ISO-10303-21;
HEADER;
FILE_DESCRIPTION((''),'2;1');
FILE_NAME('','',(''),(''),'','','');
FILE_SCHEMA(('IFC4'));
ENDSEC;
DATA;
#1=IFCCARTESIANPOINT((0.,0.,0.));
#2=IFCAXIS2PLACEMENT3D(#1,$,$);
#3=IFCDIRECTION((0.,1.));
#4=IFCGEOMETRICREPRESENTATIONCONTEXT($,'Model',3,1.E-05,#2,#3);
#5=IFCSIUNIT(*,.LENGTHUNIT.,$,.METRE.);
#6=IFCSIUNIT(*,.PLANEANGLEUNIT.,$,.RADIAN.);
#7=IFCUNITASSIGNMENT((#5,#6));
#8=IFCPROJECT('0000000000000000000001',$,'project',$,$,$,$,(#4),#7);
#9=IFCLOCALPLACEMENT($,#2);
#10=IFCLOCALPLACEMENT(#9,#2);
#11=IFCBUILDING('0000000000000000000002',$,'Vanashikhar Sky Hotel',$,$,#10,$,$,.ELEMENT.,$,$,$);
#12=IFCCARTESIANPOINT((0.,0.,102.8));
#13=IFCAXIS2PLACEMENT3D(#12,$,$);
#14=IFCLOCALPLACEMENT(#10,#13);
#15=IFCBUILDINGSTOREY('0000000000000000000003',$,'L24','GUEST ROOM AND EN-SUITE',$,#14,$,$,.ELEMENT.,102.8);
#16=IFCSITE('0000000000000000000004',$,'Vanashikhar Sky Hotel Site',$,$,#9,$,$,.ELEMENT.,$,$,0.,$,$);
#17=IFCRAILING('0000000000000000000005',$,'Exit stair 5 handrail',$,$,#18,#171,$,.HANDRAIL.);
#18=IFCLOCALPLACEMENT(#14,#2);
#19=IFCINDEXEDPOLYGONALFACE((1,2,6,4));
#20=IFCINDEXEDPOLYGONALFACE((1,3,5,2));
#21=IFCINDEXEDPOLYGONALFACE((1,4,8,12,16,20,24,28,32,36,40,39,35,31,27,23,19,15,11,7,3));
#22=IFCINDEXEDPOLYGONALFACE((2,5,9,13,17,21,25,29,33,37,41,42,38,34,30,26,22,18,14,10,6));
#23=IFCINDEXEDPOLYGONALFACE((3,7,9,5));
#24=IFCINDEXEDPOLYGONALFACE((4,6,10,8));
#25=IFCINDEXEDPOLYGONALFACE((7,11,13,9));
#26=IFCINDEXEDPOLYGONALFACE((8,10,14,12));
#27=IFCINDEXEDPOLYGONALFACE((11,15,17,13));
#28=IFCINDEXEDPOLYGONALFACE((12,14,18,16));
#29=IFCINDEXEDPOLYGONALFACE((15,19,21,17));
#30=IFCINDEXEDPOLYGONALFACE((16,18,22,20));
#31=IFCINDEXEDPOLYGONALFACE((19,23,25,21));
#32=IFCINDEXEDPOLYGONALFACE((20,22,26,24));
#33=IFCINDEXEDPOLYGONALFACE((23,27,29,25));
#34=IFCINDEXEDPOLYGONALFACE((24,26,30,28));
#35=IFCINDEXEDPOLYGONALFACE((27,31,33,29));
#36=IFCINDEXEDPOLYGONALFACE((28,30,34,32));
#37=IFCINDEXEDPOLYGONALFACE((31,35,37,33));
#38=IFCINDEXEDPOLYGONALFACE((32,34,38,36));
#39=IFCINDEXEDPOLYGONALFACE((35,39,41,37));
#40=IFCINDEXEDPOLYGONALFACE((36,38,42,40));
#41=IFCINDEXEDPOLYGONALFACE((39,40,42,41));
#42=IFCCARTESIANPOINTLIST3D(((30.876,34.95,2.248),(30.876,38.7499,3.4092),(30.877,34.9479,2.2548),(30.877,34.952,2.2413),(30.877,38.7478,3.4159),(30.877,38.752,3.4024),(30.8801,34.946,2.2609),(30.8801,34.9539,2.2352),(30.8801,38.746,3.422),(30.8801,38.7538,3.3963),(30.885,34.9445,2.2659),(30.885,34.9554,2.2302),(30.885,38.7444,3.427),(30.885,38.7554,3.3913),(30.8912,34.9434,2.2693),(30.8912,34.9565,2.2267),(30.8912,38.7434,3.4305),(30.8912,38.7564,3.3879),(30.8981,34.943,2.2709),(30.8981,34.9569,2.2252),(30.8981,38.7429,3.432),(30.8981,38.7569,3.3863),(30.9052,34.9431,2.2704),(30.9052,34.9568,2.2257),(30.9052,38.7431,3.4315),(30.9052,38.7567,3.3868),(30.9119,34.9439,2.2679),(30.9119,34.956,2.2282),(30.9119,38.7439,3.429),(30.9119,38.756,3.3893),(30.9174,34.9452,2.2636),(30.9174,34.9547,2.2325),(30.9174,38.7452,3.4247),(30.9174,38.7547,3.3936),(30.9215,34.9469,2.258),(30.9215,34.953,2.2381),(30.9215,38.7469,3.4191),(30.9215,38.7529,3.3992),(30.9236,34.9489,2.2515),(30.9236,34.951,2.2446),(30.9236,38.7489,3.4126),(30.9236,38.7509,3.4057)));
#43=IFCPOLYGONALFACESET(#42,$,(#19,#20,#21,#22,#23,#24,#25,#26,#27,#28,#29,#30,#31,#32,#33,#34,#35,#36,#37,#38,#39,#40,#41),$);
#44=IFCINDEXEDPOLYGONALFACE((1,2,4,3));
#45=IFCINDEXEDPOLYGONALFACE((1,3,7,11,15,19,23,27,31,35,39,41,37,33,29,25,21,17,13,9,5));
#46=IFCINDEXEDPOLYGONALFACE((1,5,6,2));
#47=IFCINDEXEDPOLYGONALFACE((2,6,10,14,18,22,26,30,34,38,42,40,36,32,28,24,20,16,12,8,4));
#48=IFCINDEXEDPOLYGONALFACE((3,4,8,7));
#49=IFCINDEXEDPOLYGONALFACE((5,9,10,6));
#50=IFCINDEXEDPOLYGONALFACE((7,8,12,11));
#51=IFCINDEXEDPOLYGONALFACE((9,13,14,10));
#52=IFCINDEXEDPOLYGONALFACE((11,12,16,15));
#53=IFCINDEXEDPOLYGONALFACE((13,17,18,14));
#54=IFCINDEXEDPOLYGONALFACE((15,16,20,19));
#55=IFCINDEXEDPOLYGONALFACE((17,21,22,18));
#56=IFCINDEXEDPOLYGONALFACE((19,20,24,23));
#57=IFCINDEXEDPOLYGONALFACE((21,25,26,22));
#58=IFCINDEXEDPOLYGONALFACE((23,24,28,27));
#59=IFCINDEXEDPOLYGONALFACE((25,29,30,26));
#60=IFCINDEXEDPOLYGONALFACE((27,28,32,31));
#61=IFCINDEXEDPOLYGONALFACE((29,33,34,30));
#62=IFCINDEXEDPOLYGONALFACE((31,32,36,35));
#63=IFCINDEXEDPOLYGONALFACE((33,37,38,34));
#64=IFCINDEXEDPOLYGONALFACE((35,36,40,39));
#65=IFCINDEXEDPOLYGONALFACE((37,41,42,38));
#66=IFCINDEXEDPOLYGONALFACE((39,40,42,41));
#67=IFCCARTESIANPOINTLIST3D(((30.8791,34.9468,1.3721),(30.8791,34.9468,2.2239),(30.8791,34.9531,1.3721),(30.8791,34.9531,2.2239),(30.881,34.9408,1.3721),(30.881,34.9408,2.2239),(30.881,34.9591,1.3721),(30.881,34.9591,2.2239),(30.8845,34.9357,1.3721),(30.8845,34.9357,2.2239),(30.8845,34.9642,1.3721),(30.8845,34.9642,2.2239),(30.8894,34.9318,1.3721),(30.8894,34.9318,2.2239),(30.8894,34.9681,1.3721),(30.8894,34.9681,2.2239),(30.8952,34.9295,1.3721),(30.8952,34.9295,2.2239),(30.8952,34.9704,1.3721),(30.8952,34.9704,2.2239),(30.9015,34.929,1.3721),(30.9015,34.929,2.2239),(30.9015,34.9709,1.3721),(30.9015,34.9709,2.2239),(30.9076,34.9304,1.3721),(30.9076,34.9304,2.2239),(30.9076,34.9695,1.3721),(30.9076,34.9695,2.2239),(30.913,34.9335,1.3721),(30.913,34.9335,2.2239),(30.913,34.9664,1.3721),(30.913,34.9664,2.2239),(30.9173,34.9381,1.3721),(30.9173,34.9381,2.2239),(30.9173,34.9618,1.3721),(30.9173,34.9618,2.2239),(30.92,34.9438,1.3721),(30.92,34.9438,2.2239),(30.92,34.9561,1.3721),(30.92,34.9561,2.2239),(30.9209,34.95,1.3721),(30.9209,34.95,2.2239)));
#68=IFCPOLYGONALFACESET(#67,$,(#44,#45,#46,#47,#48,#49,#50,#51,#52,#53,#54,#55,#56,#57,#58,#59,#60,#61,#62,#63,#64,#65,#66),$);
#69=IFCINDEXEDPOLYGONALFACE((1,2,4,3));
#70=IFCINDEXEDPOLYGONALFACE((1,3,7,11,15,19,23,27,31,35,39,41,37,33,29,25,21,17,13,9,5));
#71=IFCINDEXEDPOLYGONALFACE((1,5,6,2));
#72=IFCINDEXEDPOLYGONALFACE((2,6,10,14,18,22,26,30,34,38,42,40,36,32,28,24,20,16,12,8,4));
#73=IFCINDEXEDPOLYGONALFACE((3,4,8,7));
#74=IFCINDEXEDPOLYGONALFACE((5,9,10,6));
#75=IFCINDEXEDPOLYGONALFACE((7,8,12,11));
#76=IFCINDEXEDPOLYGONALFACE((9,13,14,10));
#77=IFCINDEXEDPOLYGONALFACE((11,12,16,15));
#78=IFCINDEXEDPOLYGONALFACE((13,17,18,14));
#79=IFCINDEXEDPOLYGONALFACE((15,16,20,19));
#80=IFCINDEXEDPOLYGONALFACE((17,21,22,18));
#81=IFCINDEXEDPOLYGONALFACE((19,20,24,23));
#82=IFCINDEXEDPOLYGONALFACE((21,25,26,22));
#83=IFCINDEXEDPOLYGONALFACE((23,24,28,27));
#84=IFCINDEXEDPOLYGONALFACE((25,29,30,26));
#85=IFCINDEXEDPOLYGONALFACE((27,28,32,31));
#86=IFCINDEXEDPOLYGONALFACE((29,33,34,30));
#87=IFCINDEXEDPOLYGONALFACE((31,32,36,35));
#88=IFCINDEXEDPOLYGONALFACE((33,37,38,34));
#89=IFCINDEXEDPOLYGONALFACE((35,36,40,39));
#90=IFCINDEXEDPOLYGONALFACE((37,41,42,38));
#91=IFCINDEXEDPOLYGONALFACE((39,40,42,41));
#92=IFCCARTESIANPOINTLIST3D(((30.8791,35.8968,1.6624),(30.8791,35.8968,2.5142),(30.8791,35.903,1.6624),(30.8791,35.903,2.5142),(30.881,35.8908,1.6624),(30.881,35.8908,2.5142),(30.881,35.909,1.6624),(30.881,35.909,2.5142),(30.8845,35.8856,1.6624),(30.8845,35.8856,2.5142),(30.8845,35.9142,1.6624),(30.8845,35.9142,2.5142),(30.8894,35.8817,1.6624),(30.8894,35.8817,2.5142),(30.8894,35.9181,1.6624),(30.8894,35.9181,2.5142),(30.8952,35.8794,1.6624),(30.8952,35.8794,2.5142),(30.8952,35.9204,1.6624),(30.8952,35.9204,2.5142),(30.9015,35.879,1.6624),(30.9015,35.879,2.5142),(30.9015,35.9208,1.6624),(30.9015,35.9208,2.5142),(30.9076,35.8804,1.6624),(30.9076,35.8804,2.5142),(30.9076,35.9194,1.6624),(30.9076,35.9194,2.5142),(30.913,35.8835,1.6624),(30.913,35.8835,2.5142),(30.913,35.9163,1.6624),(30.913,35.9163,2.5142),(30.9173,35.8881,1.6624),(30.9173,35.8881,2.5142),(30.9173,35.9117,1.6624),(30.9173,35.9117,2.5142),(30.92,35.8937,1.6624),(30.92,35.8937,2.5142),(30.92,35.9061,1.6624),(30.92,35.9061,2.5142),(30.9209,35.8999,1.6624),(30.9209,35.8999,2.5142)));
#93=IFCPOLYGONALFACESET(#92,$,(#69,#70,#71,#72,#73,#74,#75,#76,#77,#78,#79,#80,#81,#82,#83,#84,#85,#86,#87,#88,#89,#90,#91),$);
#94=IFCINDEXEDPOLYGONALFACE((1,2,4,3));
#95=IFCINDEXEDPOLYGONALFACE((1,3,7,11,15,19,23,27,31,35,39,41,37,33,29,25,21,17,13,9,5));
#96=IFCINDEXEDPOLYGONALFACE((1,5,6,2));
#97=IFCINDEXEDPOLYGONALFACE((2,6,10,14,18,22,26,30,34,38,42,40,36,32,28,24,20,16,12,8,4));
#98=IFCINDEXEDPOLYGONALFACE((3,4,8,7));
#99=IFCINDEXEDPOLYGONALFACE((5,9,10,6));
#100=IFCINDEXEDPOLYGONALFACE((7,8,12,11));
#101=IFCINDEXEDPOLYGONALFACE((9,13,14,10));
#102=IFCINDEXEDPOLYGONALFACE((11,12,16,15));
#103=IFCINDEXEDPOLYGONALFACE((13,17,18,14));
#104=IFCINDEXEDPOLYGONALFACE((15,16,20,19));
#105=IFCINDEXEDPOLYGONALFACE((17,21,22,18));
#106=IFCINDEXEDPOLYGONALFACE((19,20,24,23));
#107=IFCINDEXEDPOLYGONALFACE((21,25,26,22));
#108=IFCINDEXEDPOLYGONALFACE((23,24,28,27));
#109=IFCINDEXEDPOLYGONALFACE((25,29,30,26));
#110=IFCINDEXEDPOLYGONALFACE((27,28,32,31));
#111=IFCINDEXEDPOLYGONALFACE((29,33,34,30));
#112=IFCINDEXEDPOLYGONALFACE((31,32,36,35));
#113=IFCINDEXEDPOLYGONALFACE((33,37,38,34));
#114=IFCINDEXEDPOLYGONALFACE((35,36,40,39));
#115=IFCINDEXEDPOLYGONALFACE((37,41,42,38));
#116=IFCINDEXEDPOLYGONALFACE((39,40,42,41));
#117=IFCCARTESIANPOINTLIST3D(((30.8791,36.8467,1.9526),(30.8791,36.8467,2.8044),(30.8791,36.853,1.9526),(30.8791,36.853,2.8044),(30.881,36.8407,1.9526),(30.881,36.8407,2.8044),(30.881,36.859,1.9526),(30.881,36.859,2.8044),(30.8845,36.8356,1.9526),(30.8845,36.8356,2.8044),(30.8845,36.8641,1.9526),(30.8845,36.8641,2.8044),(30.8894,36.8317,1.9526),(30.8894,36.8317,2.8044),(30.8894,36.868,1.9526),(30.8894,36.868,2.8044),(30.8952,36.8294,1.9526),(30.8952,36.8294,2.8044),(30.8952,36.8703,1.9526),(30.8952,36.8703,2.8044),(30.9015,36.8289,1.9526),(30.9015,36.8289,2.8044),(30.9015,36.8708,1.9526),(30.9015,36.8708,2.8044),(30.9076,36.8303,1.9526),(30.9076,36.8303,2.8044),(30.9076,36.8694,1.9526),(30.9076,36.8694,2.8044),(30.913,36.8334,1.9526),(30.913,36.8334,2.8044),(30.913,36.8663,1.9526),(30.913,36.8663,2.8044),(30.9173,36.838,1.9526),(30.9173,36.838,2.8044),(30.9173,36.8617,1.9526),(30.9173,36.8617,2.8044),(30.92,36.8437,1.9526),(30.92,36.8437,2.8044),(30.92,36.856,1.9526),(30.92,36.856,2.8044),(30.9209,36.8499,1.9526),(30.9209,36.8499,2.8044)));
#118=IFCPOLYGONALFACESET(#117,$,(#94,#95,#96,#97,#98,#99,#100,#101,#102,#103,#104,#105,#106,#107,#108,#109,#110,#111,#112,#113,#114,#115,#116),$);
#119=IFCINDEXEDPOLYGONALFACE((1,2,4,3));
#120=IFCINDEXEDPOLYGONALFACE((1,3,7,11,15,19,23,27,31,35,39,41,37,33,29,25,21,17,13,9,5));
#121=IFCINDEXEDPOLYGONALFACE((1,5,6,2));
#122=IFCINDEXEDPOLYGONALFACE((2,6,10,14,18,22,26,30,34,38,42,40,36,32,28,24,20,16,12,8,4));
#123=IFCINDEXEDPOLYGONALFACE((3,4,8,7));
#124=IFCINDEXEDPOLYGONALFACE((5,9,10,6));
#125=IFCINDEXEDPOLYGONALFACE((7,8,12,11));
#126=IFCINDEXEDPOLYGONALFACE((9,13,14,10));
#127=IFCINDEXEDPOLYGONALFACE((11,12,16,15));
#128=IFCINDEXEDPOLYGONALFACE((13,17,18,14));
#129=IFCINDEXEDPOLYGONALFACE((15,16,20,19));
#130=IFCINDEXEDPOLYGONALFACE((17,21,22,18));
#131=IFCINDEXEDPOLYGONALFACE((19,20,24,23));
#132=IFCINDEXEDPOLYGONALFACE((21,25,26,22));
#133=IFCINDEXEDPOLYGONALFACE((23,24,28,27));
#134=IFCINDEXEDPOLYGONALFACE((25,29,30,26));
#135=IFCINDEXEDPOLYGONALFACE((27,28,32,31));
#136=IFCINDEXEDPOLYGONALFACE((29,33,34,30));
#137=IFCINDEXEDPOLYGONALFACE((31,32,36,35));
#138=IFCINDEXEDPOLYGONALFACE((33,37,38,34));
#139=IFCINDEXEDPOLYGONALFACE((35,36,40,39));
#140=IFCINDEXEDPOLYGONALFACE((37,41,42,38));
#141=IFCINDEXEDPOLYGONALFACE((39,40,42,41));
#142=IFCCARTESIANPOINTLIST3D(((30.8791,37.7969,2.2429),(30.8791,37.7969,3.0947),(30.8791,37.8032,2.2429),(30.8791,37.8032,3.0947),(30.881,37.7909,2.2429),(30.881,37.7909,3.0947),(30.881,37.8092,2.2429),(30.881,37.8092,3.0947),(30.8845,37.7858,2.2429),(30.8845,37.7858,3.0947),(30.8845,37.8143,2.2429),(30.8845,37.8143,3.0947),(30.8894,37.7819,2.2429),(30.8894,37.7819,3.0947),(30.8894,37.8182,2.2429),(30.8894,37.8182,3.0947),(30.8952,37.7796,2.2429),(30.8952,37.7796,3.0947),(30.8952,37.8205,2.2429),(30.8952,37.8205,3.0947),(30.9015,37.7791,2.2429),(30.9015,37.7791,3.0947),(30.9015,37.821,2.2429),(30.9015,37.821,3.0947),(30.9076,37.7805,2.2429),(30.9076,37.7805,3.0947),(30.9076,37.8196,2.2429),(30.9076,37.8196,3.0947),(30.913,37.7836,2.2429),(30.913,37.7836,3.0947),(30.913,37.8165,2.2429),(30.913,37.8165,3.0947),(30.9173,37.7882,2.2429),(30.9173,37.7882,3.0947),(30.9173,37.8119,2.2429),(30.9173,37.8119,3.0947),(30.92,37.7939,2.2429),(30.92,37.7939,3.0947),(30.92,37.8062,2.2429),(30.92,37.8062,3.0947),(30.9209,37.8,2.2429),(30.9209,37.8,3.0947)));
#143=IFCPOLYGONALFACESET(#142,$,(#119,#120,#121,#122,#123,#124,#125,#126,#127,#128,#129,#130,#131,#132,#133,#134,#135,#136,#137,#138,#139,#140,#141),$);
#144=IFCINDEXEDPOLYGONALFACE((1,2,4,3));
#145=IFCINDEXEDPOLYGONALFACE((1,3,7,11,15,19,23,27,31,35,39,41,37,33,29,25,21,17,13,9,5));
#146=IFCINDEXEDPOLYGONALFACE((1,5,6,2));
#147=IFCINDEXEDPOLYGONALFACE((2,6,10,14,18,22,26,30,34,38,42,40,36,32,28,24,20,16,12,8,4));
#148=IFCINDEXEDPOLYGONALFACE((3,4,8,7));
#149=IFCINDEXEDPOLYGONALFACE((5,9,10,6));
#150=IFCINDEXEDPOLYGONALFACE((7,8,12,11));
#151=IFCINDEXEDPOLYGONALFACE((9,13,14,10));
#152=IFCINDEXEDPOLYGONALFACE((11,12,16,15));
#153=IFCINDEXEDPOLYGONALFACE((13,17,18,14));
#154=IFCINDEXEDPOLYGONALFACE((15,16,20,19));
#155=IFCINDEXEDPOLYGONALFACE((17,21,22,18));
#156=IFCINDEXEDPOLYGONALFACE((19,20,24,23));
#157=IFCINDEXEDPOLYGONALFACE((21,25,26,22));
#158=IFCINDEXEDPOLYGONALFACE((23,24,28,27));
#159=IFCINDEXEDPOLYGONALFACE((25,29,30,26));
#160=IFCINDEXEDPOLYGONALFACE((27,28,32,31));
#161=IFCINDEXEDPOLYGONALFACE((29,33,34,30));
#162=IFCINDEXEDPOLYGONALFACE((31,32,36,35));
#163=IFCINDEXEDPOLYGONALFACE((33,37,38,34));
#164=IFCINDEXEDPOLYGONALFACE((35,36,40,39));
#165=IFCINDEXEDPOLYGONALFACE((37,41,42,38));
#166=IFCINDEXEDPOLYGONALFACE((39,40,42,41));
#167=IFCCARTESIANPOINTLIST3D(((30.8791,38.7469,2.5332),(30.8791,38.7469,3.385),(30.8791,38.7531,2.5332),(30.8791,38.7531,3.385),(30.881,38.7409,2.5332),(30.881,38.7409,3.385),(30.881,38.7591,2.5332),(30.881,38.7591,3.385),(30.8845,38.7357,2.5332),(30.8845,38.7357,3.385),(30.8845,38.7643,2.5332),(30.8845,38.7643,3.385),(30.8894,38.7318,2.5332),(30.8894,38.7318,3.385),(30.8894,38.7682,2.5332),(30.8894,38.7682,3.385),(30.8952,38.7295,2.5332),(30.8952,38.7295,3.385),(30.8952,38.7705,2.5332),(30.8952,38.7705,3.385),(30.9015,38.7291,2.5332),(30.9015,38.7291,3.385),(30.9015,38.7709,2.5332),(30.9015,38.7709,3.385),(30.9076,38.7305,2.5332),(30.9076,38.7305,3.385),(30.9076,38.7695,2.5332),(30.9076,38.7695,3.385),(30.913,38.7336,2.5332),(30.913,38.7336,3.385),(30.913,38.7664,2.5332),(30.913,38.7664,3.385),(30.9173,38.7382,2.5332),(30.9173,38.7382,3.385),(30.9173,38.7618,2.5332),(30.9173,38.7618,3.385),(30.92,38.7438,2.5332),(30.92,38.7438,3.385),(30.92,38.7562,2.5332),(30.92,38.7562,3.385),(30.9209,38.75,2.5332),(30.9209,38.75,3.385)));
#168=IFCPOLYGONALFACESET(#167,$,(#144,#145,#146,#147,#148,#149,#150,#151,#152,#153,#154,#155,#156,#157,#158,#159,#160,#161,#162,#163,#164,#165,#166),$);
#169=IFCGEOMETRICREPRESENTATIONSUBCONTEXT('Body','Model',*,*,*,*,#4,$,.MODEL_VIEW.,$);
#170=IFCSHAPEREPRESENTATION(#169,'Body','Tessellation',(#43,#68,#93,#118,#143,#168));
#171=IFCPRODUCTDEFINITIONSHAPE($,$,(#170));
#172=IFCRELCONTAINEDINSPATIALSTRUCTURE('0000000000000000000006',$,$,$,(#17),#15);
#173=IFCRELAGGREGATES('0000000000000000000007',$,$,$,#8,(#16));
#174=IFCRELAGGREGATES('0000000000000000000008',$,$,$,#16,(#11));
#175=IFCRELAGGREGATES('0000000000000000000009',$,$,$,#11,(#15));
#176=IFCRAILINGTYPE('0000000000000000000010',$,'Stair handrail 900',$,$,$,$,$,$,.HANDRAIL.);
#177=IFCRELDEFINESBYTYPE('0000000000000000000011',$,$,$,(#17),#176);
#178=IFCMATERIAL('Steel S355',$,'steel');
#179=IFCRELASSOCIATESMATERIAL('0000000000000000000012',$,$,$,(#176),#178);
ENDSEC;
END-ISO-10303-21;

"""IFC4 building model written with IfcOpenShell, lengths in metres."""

from ifc_helpers import new_model, si_unit, direction, frame, origin, origin_2d, place, context, subcontext, project, spatial, circle, extrude, source, transform, mapped, material, type_object, element, save


model = new_model("IFC4")

# Units and contexts
model_context = context("Model", 3, precision=1e-05, world=origin(), true_north=direction((0.0, 1.0)))
body_context = subcontext(model_context, "Body", "Model", "MODEL_VIEW")
ifc_project = project(units=[si_unit("LENGTHUNIT", "METRE"), si_unit("PLANEANGLEUNIT", "RADIAN")], contexts=[model_context])

# Site, building, storey
site_placement = place(None, origin())
site = spatial("IfcSite", under=ifc_project, at=site_placement, Name="Vanashikhar Sky Hotel Site", CompositionType="ELEMENT", RefElevation=0.0)
building_placement = place(site_placement, origin())
building = spatial("IfcBuilding", under=site, at=building_placement, Name="Vanashikhar Sky Hotel", CompositionType="ELEMENT")
storey_placement = place(building_placement, frame((0.0, 0.0, 102.8)))
storey = spatial("IfcBuildingStorey", under=building, at=storey_placement, Name="L24", Description="GUEST ROOM AND EN-SUITE", CompositionType="ELEMENT", Elevation=102.8)

# Railing
ifc_material_1 = material(Name="Steel S355", Category="steel")
railing_type_1 = type_object("IfcRailingType", Name="Stair handrail 900", PredefinedType="HANDRAIL", material=ifc_material_1)
shared_shape_1 = source(origin(), body_context, "Body", "SweptSolid", [
    extrude(circle(Radius=0.0239, at=origin_2d()), frame((0.0, 0.0, 0.876), z_axis=(0.0, 0.956351, 0.29222), x_axis=(-1.0, 0.0, 0.0)), (0.0, 0.0, 1.0), 3.9734),
    extrude(circle(Radius=0.021, at=origin_2d()), origin(), (0.0, 0.0, 1.0), 0.8518),
    extrude(circle(Radius=0.021, at=origin_2d()), frame((0.0, 0.95, 0.2903)), (0.0, 0.0, 1.0), 0.8518),
    extrude(circle(Radius=0.021, at=origin_2d()), frame((0.0, 1.8999, 0.5806)), (0.0, 0.0, 1.0), 0.8518),
    extrude(circle(Radius=0.021, at=origin_2d()), frame((0.0, 2.8501, 0.8708)), (0.0, 0.0, 1.0), 0.8518),
    extrude(circle(Radius=0.021, at=origin_2d()), frame((0.0, 3.8, 1.1611)), (0.0, 0.0, 1.0), 0.8518),
])
railing_1_placement = place(storey_placement, frame((30.8999, 34.95, 1.3721)))
element("IfcRailing", 1, at=railing_1_placement, inside=storey, type_object=railing_type_1, Name="Exit stair 5 handrail", PredefinedType="HANDRAIL", context=body_context, shape_type="MappedRepresentation", body=[
    mapped(shared_shape_1, transform((0.0, 0.0, 0.0), scale=1.0)),
])

save(model, "model.ifc")
